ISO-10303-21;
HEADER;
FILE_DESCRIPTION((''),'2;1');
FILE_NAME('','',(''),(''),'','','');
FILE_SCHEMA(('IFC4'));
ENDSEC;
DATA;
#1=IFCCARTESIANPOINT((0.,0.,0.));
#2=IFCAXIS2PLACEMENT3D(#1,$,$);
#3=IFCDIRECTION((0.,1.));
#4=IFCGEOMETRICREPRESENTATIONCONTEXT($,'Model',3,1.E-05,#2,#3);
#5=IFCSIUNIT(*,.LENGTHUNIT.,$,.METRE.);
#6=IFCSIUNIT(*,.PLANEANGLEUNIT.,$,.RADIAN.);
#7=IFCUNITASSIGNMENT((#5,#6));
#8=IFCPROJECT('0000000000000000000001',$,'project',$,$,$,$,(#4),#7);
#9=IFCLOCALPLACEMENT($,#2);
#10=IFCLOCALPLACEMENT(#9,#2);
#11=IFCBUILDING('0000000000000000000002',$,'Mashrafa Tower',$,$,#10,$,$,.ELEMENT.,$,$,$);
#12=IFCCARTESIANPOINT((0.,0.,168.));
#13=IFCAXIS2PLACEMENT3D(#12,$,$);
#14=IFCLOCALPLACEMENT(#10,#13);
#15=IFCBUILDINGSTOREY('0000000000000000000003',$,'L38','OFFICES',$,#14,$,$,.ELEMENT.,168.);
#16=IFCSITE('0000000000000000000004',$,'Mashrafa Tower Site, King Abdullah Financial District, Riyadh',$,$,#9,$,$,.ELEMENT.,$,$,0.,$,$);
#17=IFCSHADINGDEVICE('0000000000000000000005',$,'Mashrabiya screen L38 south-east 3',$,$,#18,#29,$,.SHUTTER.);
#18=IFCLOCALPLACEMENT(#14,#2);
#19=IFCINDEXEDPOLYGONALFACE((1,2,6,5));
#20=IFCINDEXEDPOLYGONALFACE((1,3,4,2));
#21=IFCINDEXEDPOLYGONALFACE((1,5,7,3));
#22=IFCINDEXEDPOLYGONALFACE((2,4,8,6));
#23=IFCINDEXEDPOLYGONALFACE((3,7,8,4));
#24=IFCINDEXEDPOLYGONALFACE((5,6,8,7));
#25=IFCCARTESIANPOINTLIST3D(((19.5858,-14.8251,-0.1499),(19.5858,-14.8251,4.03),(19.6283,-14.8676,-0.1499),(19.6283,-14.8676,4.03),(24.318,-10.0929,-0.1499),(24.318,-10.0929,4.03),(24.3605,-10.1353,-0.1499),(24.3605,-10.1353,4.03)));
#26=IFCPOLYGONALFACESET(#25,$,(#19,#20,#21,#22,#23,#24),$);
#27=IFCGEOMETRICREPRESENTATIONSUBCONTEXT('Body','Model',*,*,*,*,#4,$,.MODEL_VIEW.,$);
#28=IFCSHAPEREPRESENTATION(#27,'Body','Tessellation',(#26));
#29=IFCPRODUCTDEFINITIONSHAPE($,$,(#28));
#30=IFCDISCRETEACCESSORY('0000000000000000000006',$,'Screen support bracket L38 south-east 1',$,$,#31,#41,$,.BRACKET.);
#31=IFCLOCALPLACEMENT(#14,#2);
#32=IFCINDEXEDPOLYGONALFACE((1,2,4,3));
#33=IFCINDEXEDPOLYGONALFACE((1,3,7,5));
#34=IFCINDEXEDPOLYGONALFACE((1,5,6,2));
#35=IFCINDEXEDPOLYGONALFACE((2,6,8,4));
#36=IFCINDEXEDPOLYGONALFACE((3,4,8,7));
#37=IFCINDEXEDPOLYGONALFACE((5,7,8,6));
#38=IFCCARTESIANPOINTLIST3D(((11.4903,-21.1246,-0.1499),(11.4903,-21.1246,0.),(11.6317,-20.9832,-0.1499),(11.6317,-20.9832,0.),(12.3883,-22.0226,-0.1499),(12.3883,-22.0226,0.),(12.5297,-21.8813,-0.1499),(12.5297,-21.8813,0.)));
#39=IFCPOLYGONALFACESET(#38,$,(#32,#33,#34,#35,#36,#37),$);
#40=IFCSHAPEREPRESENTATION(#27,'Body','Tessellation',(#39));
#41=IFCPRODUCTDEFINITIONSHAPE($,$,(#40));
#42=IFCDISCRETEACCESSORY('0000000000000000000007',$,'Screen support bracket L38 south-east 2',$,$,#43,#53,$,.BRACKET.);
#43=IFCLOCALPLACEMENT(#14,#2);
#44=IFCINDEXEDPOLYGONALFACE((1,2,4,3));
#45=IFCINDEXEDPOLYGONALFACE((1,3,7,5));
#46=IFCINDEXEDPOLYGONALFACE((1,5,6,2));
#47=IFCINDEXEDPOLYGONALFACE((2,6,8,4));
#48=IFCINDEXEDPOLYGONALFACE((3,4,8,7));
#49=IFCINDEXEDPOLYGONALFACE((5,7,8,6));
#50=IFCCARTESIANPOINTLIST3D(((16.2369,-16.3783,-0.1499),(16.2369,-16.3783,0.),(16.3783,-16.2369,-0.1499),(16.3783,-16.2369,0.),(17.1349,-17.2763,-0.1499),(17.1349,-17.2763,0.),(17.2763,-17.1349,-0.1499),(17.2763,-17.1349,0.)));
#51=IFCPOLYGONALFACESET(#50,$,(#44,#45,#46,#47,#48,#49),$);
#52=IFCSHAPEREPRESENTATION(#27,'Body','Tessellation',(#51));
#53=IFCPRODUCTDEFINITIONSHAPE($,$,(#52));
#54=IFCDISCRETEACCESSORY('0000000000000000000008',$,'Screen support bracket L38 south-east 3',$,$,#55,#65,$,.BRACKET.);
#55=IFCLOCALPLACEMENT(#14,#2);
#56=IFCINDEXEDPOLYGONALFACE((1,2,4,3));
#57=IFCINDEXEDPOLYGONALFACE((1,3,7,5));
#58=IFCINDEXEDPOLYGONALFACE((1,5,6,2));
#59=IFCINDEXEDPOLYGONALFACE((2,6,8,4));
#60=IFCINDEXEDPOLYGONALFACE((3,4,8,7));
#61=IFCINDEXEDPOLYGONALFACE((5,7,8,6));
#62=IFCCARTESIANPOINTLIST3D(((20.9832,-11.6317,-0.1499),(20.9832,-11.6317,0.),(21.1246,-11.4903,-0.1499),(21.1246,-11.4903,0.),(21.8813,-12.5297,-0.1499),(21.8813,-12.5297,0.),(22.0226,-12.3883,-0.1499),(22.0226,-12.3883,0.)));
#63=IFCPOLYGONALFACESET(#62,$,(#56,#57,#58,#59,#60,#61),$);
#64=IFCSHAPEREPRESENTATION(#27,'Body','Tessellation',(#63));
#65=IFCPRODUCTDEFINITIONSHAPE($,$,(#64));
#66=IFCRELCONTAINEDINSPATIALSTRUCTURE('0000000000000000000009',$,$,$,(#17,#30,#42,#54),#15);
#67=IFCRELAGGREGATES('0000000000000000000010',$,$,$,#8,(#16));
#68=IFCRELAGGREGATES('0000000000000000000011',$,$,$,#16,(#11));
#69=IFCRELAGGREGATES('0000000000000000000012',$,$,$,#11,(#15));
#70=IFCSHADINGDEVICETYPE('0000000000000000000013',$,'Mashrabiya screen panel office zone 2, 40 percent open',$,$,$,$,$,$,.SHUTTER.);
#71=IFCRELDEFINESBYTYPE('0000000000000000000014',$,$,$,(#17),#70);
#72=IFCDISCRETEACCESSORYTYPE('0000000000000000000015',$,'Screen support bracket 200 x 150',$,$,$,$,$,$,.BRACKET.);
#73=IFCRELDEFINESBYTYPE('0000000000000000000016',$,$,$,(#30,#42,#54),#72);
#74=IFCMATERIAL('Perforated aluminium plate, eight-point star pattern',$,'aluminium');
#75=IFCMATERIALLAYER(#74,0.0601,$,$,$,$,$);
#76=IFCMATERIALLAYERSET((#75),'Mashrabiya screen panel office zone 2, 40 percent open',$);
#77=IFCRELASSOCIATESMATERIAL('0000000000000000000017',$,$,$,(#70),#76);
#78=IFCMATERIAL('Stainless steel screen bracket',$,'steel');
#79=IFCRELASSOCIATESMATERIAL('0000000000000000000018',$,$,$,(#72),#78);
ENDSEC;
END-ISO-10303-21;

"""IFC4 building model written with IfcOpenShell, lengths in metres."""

from ifc_helpers import new_model, si_unit, direction, frame, origin, origin_2d, place, context, subcontext, project, spatial, rectangle, extrude, source, transform, mapped, material, layer, layer_set, type_object, type_shapes, element, save


model = new_model("IFC4")

# Units and contexts
model_context = context("Model", 3, precision=1e-05, world=origin(), true_north=direction((0.0, 1.0)))
body_context = subcontext(model_context, "Body", "Model", "MODEL_VIEW")
ifc_project = project(units=[si_unit("LENGTHUNIT", "METRE"), si_unit("PLANEANGLEUNIT", "RADIAN")], contexts=[model_context])

# Site, building, storey
site_placement = place(None, origin())
site = spatial("IfcSite", under=ifc_project, at=site_placement, Name="Mashrafa Tower Site, King Abdullah Financial District, Riyadh", CompositionType="ELEMENT", RefElevation=0.0)
building_placement = place(site_placement, origin())
building = spatial("IfcBuilding", under=site, at=building_placement, Name="Mashrafa Tower", CompositionType="ELEMENT")
storey_placement = place(building_placement, frame((0.0, 0.0, 168.0)))
storey = spatial("IfcBuildingStorey", under=building, at=storey_placement, Name="L38", Description="OFFICES", CompositionType="ELEMENT", Elevation=168.0)

# Shading device
ifc_material_1 = material(Name="Perforated aluminium plate, eight-point star pattern", Category="aluminium")
ifc_layer_1 = layer(ifc_material_1, 0.0601)
ifc_layer_set_1 = layer_set([ifc_layer_1], Name="Mashrabiya screen panel office zone 2, 40 percent open")
shading_device_type = type_object("IfcShadingDeviceType", Name="Mashrabiya screen panel office zone 2, 40 percent open", PredefinedType="SHUTTER", material=ifc_layer_set_1)
shared_shape_1 = source(origin(), body_context, "Body", "SweptSolid", [
    extrude(rectangle(XDim=6.6924, YDim=0.0601, at=origin_2d()), origin(), (0.0, 0.0, 1.0), 4.1799),
])
type_shapes(shading_device_type, [shared_shape_1])
for number, where, z_axis, x_axis, name in (
    (1, (21.9731, -12.4802, -0.1499), (0.0, 0.0, 1.0), (0.707107, 0.707107, 0.0), "Mashrabiya screen L38 south-east 3"),
):
    element("IfcShadingDevice", number, at=place(storey_placement, frame(where, z_axis=z_axis, x_axis=x_axis)), inside=storey, type_object=shading_device_type, Name=name, PredefinedType="SHUTTER", context=body_context, shape_type="MappedRepresentation", body=[
        mapped(shared_shape_1, transform((0.0, 0.0, 0.0))),
    ])

# Discrete accessories
ifc_material_2 = material(Name="Stainless steel screen bracket", Category="steel")
discrete_accessory_type = type_object("IfcDiscreteAccessoryType", Name="Screen support bracket 200 x 150", PredefinedType="BRACKET", material=ifc_material_2)
shared_shape_2 = source(origin(), body_context, "Body", "SweptSolid", [
    extrude(rectangle(XDim=0.2, YDim=1.27, at=origin_2d()), origin(), (0.0, 0.0, 1.0), 0.1499),
])
type_shapes(discrete_accessory_type, [shared_shape_2])
for number, where, z_axis, x_axis, name in (
    (2, (12.01, -21.5029, -0.1499), (0.0, 0.0, 1.0), (0.707107, 0.707107, 0.0), "Screen support bracket L38 south-east 1"),
    (3, (16.7566, -16.7566, -0.1499), (0.0, 0.0, 1.0), (0.707107, 0.707107, 0.0), "Screen support bracket L38 south-east 2"),
    (4, (21.5029, -12.01, -0.1499), (0.0, 0.0, 1.0), (0.707107, 0.707107, 0.0), "Screen support bracket L38 south-east 3"),
):
    element("IfcDiscreteAccessory", number, at=place(storey_placement, frame(where, z_axis=z_axis, x_axis=x_axis)), inside=storey, type_object=discrete_accessory_type, Name=name, PredefinedType="BRACKET", context=body_context, shape_type="MappedRepresentation", body=[
        mapped(shared_shape_2, transform((0.0, 0.0, 0.0))),
    ])

save(model, "model.ifc")
